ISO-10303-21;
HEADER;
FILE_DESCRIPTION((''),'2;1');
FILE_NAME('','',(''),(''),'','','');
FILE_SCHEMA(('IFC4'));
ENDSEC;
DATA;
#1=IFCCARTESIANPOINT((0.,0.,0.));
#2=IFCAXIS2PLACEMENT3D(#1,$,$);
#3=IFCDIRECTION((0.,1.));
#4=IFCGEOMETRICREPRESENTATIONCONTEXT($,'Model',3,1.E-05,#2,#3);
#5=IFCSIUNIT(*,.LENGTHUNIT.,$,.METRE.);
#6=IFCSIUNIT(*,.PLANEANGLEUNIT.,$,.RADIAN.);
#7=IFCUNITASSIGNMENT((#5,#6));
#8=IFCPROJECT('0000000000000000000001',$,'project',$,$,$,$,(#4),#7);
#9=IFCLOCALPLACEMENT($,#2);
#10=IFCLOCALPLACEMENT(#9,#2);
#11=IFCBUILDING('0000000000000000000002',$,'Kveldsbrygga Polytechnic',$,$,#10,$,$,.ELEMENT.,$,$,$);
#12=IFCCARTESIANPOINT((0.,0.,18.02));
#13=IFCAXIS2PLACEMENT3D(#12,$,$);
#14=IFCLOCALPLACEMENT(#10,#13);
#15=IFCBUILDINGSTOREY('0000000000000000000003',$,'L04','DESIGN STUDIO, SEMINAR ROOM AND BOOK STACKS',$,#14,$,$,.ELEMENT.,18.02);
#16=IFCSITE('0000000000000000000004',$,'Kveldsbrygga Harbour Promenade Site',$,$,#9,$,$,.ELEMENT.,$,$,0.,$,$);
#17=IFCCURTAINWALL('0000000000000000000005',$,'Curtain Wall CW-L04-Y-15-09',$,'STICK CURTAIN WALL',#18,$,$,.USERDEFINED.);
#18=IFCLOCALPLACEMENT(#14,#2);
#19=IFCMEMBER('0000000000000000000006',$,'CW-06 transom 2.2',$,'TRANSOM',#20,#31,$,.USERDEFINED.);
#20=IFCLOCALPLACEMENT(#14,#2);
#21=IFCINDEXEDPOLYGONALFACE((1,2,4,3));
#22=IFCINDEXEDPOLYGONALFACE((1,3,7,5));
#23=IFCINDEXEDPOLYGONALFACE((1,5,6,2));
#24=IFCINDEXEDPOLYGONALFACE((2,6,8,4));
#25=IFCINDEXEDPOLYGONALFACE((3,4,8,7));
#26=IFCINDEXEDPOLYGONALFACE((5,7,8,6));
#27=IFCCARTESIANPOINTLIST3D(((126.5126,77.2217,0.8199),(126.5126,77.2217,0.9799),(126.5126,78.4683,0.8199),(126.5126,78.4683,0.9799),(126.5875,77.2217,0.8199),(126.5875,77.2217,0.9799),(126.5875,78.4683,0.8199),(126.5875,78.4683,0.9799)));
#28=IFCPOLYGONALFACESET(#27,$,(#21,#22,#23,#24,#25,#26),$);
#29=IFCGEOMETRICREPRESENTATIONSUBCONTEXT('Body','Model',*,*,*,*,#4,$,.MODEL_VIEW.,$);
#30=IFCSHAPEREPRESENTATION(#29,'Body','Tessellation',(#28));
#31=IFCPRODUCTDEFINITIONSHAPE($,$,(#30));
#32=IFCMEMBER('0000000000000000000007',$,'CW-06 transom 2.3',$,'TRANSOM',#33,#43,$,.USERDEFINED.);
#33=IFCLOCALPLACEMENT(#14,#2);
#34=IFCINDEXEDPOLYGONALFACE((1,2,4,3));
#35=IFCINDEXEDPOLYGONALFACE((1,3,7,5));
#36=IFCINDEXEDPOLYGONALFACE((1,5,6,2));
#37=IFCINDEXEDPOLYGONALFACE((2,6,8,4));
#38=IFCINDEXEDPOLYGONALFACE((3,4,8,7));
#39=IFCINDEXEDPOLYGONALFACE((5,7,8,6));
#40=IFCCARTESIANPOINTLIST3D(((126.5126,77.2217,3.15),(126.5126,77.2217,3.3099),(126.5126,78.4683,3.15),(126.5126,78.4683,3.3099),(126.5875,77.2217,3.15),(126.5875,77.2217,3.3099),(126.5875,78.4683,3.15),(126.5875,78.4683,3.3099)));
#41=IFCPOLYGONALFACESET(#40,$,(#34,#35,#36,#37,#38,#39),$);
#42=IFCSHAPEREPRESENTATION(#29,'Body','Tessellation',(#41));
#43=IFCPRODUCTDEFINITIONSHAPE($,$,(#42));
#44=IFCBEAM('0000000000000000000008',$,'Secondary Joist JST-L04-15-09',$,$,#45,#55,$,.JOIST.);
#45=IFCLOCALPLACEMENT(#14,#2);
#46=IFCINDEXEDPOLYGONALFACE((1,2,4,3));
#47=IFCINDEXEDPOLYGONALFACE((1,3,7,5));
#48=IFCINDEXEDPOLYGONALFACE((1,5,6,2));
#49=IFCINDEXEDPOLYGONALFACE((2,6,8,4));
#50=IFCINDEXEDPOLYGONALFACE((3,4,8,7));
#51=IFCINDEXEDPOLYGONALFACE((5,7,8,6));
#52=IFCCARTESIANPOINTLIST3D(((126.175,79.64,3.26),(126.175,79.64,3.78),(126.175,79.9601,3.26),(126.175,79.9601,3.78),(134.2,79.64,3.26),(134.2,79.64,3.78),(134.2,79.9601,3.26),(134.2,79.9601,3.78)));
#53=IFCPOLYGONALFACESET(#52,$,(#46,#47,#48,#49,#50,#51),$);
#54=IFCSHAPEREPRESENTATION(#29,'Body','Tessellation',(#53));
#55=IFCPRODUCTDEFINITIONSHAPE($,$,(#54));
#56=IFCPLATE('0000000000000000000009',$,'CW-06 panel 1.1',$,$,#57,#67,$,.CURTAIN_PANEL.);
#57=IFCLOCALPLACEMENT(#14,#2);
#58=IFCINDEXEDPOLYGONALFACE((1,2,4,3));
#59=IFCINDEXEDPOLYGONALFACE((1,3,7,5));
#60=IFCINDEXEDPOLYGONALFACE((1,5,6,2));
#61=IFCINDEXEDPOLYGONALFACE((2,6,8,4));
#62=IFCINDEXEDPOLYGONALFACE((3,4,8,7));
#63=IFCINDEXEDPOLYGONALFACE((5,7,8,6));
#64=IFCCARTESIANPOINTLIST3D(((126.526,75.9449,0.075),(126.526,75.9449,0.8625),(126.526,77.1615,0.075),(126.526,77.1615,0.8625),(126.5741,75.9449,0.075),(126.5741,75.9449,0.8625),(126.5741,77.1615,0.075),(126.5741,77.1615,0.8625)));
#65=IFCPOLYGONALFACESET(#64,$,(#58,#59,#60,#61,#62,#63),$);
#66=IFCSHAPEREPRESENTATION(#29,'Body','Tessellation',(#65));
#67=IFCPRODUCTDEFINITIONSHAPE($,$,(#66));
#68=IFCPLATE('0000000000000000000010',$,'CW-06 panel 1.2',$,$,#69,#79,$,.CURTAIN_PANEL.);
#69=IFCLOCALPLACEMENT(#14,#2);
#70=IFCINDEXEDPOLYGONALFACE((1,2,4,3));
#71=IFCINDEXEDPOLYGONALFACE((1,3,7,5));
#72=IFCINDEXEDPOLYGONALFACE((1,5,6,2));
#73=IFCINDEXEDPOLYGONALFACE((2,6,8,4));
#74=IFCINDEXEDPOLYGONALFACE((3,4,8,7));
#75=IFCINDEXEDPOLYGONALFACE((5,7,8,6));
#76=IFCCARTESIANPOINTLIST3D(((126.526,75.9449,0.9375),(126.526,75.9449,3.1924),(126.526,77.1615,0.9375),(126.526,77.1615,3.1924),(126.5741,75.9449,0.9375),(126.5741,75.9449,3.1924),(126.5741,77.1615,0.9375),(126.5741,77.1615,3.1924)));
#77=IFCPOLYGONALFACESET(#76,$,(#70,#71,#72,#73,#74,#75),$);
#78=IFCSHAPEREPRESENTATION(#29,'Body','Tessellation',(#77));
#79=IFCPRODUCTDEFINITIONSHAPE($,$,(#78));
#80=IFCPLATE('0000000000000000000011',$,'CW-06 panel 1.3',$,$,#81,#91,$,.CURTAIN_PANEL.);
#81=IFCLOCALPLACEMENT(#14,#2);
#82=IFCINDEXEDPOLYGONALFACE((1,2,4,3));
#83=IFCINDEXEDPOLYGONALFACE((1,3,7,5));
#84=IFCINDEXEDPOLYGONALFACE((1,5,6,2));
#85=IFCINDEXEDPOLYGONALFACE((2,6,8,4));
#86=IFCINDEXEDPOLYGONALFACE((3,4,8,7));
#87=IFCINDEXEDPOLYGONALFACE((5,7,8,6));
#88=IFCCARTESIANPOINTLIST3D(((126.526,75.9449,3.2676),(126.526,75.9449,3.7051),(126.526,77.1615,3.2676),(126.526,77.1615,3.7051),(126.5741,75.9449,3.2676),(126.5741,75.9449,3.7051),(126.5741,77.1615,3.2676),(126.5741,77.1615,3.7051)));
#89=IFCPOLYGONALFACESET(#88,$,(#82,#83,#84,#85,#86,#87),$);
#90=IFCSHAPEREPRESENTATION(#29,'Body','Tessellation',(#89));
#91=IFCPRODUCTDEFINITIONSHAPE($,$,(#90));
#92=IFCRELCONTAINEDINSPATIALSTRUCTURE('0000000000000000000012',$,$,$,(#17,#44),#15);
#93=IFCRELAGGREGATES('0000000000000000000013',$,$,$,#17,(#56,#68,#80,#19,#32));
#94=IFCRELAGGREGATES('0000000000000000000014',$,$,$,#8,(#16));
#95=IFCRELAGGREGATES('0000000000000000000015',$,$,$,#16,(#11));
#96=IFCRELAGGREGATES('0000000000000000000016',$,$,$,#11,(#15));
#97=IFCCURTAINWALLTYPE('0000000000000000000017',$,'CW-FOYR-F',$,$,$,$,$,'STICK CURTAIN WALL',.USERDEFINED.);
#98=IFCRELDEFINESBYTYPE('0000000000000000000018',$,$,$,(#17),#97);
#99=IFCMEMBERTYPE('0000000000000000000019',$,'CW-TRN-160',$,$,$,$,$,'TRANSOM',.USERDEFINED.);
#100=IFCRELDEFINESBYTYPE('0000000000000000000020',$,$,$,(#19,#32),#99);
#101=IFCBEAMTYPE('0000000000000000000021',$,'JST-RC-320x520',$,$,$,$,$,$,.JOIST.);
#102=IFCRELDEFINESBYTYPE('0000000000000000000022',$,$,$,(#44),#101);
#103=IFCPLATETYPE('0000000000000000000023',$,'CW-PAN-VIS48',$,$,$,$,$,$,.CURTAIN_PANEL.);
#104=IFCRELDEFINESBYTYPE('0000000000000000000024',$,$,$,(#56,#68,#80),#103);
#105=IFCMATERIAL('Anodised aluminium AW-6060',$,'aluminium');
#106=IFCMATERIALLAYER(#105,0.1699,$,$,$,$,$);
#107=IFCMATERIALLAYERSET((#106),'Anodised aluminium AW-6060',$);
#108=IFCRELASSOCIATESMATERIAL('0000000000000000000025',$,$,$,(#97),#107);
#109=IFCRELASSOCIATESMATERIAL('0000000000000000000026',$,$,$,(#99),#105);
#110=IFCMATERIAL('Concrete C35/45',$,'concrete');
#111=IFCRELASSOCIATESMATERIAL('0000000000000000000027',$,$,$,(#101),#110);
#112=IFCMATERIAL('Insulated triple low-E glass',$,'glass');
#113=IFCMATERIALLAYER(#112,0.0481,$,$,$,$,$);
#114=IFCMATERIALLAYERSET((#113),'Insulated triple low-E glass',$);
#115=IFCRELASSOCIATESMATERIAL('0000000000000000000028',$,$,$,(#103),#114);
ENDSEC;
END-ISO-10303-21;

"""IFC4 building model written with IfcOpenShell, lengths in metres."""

from ifc_helpers import new_model, si_unit, direction, frame, origin, origin_2d, place, context, subcontext, project, spatial, rectangle, extrude, material, layer, layer_set, material_profile, profile_set, type_object, element, aggregate, save


model = new_model("IFC4")

# Units and contexts
model_context = context("Model", 3, precision=1e-05, world=origin(), true_north=direction((0.0, 1.0)))
body_context = subcontext(model_context, "Body", "Model", "MODEL_VIEW")
ifc_project = project(units=[si_unit("LENGTHUNIT", "METRE"), si_unit("PLANEANGLEUNIT", "RADIAN")], contexts=[model_context])

# Site, building, storey
site_placement = place(None, origin())
site = spatial("IfcSite", under=ifc_project, at=site_placement, Name="Kveldsbrygga Harbour Promenade Site", CompositionType="ELEMENT", RefElevation=0.0)
building_placement = place(site_placement, origin())
building = spatial("IfcBuilding", under=site, at=building_placement, Name="Kveldsbrygga Polytechnic", CompositionType="ELEMENT")
storey_placement = place(building_placement, frame((0.0, 0.0, 18.02)))
storey = spatial("IfcBuildingStorey", under=building, at=storey_placement, Name="L04", Description="DESIGN STUDIO, SEMINAR ROOM AND BOOK STACKS", CompositionType="ELEMENT", Elevation=18.02)

# Shared definitions
ifc_material_1 = material(Name="Concrete C35/45", Category="concrete")

# Shared definitions
ifc_material_2 = material(Name="Anodised aluminium AW-6060", Category="aluminium")

# Curtain wall, members
ifc_layer_1 = layer(ifc_material_2, 0.1699)
ifc_layer_set_1 = layer_set([ifc_layer_1], Name="Anodised aluminium AW-6060")
curtain_wall_type_1 = type_object("IfcCurtainWallType", Name="CW-FOYR-F", ElementType="STICK CURTAIN WALL", PredefinedType="USERDEFINED", material=ifc_layer_set_1)
curtain_wall_1_placement = place(storey_placement, origin())
curtain_wall_1 = element("IfcCurtainWall", 1, at=curtain_wall_1_placement, inside=storey, type_object=curtain_wall_type_1, Name="Curtain Wall CW-L04-Y-15-09", ObjectType="STICK CURTAIN WALL", PredefinedType="USERDEFINED")
ifc_material_profile_1 = material_profile(ifc_material_2, rectangle(XDim=0.075, YDim=0.1599, at=origin_2d()), Name="ALU 75x160")
ifc_profile_set_1 = profile_set([ifc_material_profile_1], Name="Anodised aluminium AW-6060")
member_type_1 = type_object("IfcMemberType", Name="CW-TRN-160", ElementType="TRANSOM", PredefinedType="USERDEFINED", material=ifc_profile_set_1)
member_1_placement = place(storey_placement, frame((126.55, 77.2217, 0.8999), z_axis=(0.0, 1.0, 0.0), x_axis=(-1.0, 0.0, 0.0)))
member_1 = element("IfcMember", 2, at=member_1_placement, type_object=member_type_1, Name="CW-06 transom 2.2", ObjectType="TRANSOM", PredefinedType="USERDEFINED", context=body_context, shape_type="SweptSolid", body=[
    extrude(rectangle(XDim=0.075, YDim=0.1599, at=origin_2d()), origin(), (0.0, 0.0, 1.0), 1.2466),
])
member_2_placement = place(storey_placement, frame((126.55, 77.2217, 3.23), z_axis=(0.0, 1.0, 0.0), x_axis=(-1.0, 0.0, 0.0)))
member_2 = element("IfcMember", 3, at=member_2_placement, type_object=member_type_1, Name="CW-06 transom 2.3", ObjectType="TRANSOM", PredefinedType="USERDEFINED", context=body_context, shape_type="SweptSolid", body=[
    extrude(rectangle(XDim=0.075, YDim=0.1599, at=origin_2d()), origin(), (0.0, 0.0, 1.0), 1.2466),
])

# Beam
ifc_material_profile_2 = material_profile(ifc_material_1, rectangle(XDim=0.3201, YDim=0.52, at=origin_2d()), Name="RC 320x520")
ifc_profile_set_2 = profile_set([ifc_material_profile_2], Name="Concrete C35/45")
beam_type_1 = type_object("IfcBeamType", Name="JST-RC-320x520", PredefinedType="JOIST", material=ifc_profile_set_2)
beam_1_placement = place(storey_placement, frame((126.175, 79.8, 3.52), z_axis=(1.0, 0.0, 0.0), x_axis=(0.0, 1.0, 0.0)))
element("IfcBeam", 4, at=beam_1_placement, inside=storey, type_object=beam_type_1, Name="Secondary Joist JST-L04-15-09", PredefinedType="JOIST", context=body_context, shape_type="SweptSolid", body=[
    extrude(rectangle(XDim=0.3201, YDim=0.52, at=origin_2d()), origin(), (0.0, 0.0, 1.0), 8.0249),
])

# Plates
ifc_material_3 = material(Name="Insulated triple low-E glass", Category="glass")
ifc_layer_2 = layer(ifc_material_3, 0.0481)
ifc_layer_set_2 = layer_set([ifc_layer_2], Name="Insulated triple low-E glass")
plate_type = type_object("IfcPlateType", Name="CW-PAN-VIS48", PredefinedType="CURTAIN_PANEL", material=ifc_layer_set_2)
plate_1_placement = place(storey_placement, frame((126.55, 76.5532, 0.075), z_axis=(0.0, 0.0, 1.0), x_axis=(0.0, 1.0, 0.0)))
plate_1 = element("IfcPlate", 5, at=plate_1_placement, type_object=plate_type, Name="CW-06 panel 1.1", PredefinedType="CURTAIN_PANEL", context=body_context, shape_type="SweptSolid", body=[
    extrude(rectangle(XDim=1.2166, YDim=0.0481, at=origin_2d()), origin(), (0.0, 0.0, 1.0), 0.7876),
])
plate_2_placement = place(storey_placement, frame((126.55, 76.5532, 0.9375), z_axis=(0.0, 0.0, 1.0), x_axis=(0.0, 1.0, 0.0)))
plate_2 = element("IfcPlate", 6, at=plate_2_placement, type_object=plate_type, Name="CW-06 panel 1.2", PredefinedType="CURTAIN_PANEL", context=body_context, shape_type="SweptSolid", body=[
    extrude(rectangle(XDim=1.2166, YDim=0.0481, at=origin_2d()), origin(), (0.0, 0.0, 1.0), 2.2549),
])
plate_3_placement = place(storey_placement, frame((126.55, 76.5532, 3.2676), z_axis=(0.0, 0.0, 1.0), x_axis=(0.0, 1.0, 0.0)))
plate_3 = element("IfcPlate", 7, at=plate_3_placement, type_object=plate_type, Name="CW-06 panel 1.3", PredefinedType="CURTAIN_PANEL", context=body_context, shape_type="SweptSolid", body=[
    extrude(rectangle(XDim=1.2166, YDim=0.0481, at=origin_2d()), origin(), (0.0, 0.0, 1.0), 0.4375),
])
aggregate(curtain_wall_1, [plate_1, plate_2, plate_3, member_1, member_2])

save(model, "model.ifc")
